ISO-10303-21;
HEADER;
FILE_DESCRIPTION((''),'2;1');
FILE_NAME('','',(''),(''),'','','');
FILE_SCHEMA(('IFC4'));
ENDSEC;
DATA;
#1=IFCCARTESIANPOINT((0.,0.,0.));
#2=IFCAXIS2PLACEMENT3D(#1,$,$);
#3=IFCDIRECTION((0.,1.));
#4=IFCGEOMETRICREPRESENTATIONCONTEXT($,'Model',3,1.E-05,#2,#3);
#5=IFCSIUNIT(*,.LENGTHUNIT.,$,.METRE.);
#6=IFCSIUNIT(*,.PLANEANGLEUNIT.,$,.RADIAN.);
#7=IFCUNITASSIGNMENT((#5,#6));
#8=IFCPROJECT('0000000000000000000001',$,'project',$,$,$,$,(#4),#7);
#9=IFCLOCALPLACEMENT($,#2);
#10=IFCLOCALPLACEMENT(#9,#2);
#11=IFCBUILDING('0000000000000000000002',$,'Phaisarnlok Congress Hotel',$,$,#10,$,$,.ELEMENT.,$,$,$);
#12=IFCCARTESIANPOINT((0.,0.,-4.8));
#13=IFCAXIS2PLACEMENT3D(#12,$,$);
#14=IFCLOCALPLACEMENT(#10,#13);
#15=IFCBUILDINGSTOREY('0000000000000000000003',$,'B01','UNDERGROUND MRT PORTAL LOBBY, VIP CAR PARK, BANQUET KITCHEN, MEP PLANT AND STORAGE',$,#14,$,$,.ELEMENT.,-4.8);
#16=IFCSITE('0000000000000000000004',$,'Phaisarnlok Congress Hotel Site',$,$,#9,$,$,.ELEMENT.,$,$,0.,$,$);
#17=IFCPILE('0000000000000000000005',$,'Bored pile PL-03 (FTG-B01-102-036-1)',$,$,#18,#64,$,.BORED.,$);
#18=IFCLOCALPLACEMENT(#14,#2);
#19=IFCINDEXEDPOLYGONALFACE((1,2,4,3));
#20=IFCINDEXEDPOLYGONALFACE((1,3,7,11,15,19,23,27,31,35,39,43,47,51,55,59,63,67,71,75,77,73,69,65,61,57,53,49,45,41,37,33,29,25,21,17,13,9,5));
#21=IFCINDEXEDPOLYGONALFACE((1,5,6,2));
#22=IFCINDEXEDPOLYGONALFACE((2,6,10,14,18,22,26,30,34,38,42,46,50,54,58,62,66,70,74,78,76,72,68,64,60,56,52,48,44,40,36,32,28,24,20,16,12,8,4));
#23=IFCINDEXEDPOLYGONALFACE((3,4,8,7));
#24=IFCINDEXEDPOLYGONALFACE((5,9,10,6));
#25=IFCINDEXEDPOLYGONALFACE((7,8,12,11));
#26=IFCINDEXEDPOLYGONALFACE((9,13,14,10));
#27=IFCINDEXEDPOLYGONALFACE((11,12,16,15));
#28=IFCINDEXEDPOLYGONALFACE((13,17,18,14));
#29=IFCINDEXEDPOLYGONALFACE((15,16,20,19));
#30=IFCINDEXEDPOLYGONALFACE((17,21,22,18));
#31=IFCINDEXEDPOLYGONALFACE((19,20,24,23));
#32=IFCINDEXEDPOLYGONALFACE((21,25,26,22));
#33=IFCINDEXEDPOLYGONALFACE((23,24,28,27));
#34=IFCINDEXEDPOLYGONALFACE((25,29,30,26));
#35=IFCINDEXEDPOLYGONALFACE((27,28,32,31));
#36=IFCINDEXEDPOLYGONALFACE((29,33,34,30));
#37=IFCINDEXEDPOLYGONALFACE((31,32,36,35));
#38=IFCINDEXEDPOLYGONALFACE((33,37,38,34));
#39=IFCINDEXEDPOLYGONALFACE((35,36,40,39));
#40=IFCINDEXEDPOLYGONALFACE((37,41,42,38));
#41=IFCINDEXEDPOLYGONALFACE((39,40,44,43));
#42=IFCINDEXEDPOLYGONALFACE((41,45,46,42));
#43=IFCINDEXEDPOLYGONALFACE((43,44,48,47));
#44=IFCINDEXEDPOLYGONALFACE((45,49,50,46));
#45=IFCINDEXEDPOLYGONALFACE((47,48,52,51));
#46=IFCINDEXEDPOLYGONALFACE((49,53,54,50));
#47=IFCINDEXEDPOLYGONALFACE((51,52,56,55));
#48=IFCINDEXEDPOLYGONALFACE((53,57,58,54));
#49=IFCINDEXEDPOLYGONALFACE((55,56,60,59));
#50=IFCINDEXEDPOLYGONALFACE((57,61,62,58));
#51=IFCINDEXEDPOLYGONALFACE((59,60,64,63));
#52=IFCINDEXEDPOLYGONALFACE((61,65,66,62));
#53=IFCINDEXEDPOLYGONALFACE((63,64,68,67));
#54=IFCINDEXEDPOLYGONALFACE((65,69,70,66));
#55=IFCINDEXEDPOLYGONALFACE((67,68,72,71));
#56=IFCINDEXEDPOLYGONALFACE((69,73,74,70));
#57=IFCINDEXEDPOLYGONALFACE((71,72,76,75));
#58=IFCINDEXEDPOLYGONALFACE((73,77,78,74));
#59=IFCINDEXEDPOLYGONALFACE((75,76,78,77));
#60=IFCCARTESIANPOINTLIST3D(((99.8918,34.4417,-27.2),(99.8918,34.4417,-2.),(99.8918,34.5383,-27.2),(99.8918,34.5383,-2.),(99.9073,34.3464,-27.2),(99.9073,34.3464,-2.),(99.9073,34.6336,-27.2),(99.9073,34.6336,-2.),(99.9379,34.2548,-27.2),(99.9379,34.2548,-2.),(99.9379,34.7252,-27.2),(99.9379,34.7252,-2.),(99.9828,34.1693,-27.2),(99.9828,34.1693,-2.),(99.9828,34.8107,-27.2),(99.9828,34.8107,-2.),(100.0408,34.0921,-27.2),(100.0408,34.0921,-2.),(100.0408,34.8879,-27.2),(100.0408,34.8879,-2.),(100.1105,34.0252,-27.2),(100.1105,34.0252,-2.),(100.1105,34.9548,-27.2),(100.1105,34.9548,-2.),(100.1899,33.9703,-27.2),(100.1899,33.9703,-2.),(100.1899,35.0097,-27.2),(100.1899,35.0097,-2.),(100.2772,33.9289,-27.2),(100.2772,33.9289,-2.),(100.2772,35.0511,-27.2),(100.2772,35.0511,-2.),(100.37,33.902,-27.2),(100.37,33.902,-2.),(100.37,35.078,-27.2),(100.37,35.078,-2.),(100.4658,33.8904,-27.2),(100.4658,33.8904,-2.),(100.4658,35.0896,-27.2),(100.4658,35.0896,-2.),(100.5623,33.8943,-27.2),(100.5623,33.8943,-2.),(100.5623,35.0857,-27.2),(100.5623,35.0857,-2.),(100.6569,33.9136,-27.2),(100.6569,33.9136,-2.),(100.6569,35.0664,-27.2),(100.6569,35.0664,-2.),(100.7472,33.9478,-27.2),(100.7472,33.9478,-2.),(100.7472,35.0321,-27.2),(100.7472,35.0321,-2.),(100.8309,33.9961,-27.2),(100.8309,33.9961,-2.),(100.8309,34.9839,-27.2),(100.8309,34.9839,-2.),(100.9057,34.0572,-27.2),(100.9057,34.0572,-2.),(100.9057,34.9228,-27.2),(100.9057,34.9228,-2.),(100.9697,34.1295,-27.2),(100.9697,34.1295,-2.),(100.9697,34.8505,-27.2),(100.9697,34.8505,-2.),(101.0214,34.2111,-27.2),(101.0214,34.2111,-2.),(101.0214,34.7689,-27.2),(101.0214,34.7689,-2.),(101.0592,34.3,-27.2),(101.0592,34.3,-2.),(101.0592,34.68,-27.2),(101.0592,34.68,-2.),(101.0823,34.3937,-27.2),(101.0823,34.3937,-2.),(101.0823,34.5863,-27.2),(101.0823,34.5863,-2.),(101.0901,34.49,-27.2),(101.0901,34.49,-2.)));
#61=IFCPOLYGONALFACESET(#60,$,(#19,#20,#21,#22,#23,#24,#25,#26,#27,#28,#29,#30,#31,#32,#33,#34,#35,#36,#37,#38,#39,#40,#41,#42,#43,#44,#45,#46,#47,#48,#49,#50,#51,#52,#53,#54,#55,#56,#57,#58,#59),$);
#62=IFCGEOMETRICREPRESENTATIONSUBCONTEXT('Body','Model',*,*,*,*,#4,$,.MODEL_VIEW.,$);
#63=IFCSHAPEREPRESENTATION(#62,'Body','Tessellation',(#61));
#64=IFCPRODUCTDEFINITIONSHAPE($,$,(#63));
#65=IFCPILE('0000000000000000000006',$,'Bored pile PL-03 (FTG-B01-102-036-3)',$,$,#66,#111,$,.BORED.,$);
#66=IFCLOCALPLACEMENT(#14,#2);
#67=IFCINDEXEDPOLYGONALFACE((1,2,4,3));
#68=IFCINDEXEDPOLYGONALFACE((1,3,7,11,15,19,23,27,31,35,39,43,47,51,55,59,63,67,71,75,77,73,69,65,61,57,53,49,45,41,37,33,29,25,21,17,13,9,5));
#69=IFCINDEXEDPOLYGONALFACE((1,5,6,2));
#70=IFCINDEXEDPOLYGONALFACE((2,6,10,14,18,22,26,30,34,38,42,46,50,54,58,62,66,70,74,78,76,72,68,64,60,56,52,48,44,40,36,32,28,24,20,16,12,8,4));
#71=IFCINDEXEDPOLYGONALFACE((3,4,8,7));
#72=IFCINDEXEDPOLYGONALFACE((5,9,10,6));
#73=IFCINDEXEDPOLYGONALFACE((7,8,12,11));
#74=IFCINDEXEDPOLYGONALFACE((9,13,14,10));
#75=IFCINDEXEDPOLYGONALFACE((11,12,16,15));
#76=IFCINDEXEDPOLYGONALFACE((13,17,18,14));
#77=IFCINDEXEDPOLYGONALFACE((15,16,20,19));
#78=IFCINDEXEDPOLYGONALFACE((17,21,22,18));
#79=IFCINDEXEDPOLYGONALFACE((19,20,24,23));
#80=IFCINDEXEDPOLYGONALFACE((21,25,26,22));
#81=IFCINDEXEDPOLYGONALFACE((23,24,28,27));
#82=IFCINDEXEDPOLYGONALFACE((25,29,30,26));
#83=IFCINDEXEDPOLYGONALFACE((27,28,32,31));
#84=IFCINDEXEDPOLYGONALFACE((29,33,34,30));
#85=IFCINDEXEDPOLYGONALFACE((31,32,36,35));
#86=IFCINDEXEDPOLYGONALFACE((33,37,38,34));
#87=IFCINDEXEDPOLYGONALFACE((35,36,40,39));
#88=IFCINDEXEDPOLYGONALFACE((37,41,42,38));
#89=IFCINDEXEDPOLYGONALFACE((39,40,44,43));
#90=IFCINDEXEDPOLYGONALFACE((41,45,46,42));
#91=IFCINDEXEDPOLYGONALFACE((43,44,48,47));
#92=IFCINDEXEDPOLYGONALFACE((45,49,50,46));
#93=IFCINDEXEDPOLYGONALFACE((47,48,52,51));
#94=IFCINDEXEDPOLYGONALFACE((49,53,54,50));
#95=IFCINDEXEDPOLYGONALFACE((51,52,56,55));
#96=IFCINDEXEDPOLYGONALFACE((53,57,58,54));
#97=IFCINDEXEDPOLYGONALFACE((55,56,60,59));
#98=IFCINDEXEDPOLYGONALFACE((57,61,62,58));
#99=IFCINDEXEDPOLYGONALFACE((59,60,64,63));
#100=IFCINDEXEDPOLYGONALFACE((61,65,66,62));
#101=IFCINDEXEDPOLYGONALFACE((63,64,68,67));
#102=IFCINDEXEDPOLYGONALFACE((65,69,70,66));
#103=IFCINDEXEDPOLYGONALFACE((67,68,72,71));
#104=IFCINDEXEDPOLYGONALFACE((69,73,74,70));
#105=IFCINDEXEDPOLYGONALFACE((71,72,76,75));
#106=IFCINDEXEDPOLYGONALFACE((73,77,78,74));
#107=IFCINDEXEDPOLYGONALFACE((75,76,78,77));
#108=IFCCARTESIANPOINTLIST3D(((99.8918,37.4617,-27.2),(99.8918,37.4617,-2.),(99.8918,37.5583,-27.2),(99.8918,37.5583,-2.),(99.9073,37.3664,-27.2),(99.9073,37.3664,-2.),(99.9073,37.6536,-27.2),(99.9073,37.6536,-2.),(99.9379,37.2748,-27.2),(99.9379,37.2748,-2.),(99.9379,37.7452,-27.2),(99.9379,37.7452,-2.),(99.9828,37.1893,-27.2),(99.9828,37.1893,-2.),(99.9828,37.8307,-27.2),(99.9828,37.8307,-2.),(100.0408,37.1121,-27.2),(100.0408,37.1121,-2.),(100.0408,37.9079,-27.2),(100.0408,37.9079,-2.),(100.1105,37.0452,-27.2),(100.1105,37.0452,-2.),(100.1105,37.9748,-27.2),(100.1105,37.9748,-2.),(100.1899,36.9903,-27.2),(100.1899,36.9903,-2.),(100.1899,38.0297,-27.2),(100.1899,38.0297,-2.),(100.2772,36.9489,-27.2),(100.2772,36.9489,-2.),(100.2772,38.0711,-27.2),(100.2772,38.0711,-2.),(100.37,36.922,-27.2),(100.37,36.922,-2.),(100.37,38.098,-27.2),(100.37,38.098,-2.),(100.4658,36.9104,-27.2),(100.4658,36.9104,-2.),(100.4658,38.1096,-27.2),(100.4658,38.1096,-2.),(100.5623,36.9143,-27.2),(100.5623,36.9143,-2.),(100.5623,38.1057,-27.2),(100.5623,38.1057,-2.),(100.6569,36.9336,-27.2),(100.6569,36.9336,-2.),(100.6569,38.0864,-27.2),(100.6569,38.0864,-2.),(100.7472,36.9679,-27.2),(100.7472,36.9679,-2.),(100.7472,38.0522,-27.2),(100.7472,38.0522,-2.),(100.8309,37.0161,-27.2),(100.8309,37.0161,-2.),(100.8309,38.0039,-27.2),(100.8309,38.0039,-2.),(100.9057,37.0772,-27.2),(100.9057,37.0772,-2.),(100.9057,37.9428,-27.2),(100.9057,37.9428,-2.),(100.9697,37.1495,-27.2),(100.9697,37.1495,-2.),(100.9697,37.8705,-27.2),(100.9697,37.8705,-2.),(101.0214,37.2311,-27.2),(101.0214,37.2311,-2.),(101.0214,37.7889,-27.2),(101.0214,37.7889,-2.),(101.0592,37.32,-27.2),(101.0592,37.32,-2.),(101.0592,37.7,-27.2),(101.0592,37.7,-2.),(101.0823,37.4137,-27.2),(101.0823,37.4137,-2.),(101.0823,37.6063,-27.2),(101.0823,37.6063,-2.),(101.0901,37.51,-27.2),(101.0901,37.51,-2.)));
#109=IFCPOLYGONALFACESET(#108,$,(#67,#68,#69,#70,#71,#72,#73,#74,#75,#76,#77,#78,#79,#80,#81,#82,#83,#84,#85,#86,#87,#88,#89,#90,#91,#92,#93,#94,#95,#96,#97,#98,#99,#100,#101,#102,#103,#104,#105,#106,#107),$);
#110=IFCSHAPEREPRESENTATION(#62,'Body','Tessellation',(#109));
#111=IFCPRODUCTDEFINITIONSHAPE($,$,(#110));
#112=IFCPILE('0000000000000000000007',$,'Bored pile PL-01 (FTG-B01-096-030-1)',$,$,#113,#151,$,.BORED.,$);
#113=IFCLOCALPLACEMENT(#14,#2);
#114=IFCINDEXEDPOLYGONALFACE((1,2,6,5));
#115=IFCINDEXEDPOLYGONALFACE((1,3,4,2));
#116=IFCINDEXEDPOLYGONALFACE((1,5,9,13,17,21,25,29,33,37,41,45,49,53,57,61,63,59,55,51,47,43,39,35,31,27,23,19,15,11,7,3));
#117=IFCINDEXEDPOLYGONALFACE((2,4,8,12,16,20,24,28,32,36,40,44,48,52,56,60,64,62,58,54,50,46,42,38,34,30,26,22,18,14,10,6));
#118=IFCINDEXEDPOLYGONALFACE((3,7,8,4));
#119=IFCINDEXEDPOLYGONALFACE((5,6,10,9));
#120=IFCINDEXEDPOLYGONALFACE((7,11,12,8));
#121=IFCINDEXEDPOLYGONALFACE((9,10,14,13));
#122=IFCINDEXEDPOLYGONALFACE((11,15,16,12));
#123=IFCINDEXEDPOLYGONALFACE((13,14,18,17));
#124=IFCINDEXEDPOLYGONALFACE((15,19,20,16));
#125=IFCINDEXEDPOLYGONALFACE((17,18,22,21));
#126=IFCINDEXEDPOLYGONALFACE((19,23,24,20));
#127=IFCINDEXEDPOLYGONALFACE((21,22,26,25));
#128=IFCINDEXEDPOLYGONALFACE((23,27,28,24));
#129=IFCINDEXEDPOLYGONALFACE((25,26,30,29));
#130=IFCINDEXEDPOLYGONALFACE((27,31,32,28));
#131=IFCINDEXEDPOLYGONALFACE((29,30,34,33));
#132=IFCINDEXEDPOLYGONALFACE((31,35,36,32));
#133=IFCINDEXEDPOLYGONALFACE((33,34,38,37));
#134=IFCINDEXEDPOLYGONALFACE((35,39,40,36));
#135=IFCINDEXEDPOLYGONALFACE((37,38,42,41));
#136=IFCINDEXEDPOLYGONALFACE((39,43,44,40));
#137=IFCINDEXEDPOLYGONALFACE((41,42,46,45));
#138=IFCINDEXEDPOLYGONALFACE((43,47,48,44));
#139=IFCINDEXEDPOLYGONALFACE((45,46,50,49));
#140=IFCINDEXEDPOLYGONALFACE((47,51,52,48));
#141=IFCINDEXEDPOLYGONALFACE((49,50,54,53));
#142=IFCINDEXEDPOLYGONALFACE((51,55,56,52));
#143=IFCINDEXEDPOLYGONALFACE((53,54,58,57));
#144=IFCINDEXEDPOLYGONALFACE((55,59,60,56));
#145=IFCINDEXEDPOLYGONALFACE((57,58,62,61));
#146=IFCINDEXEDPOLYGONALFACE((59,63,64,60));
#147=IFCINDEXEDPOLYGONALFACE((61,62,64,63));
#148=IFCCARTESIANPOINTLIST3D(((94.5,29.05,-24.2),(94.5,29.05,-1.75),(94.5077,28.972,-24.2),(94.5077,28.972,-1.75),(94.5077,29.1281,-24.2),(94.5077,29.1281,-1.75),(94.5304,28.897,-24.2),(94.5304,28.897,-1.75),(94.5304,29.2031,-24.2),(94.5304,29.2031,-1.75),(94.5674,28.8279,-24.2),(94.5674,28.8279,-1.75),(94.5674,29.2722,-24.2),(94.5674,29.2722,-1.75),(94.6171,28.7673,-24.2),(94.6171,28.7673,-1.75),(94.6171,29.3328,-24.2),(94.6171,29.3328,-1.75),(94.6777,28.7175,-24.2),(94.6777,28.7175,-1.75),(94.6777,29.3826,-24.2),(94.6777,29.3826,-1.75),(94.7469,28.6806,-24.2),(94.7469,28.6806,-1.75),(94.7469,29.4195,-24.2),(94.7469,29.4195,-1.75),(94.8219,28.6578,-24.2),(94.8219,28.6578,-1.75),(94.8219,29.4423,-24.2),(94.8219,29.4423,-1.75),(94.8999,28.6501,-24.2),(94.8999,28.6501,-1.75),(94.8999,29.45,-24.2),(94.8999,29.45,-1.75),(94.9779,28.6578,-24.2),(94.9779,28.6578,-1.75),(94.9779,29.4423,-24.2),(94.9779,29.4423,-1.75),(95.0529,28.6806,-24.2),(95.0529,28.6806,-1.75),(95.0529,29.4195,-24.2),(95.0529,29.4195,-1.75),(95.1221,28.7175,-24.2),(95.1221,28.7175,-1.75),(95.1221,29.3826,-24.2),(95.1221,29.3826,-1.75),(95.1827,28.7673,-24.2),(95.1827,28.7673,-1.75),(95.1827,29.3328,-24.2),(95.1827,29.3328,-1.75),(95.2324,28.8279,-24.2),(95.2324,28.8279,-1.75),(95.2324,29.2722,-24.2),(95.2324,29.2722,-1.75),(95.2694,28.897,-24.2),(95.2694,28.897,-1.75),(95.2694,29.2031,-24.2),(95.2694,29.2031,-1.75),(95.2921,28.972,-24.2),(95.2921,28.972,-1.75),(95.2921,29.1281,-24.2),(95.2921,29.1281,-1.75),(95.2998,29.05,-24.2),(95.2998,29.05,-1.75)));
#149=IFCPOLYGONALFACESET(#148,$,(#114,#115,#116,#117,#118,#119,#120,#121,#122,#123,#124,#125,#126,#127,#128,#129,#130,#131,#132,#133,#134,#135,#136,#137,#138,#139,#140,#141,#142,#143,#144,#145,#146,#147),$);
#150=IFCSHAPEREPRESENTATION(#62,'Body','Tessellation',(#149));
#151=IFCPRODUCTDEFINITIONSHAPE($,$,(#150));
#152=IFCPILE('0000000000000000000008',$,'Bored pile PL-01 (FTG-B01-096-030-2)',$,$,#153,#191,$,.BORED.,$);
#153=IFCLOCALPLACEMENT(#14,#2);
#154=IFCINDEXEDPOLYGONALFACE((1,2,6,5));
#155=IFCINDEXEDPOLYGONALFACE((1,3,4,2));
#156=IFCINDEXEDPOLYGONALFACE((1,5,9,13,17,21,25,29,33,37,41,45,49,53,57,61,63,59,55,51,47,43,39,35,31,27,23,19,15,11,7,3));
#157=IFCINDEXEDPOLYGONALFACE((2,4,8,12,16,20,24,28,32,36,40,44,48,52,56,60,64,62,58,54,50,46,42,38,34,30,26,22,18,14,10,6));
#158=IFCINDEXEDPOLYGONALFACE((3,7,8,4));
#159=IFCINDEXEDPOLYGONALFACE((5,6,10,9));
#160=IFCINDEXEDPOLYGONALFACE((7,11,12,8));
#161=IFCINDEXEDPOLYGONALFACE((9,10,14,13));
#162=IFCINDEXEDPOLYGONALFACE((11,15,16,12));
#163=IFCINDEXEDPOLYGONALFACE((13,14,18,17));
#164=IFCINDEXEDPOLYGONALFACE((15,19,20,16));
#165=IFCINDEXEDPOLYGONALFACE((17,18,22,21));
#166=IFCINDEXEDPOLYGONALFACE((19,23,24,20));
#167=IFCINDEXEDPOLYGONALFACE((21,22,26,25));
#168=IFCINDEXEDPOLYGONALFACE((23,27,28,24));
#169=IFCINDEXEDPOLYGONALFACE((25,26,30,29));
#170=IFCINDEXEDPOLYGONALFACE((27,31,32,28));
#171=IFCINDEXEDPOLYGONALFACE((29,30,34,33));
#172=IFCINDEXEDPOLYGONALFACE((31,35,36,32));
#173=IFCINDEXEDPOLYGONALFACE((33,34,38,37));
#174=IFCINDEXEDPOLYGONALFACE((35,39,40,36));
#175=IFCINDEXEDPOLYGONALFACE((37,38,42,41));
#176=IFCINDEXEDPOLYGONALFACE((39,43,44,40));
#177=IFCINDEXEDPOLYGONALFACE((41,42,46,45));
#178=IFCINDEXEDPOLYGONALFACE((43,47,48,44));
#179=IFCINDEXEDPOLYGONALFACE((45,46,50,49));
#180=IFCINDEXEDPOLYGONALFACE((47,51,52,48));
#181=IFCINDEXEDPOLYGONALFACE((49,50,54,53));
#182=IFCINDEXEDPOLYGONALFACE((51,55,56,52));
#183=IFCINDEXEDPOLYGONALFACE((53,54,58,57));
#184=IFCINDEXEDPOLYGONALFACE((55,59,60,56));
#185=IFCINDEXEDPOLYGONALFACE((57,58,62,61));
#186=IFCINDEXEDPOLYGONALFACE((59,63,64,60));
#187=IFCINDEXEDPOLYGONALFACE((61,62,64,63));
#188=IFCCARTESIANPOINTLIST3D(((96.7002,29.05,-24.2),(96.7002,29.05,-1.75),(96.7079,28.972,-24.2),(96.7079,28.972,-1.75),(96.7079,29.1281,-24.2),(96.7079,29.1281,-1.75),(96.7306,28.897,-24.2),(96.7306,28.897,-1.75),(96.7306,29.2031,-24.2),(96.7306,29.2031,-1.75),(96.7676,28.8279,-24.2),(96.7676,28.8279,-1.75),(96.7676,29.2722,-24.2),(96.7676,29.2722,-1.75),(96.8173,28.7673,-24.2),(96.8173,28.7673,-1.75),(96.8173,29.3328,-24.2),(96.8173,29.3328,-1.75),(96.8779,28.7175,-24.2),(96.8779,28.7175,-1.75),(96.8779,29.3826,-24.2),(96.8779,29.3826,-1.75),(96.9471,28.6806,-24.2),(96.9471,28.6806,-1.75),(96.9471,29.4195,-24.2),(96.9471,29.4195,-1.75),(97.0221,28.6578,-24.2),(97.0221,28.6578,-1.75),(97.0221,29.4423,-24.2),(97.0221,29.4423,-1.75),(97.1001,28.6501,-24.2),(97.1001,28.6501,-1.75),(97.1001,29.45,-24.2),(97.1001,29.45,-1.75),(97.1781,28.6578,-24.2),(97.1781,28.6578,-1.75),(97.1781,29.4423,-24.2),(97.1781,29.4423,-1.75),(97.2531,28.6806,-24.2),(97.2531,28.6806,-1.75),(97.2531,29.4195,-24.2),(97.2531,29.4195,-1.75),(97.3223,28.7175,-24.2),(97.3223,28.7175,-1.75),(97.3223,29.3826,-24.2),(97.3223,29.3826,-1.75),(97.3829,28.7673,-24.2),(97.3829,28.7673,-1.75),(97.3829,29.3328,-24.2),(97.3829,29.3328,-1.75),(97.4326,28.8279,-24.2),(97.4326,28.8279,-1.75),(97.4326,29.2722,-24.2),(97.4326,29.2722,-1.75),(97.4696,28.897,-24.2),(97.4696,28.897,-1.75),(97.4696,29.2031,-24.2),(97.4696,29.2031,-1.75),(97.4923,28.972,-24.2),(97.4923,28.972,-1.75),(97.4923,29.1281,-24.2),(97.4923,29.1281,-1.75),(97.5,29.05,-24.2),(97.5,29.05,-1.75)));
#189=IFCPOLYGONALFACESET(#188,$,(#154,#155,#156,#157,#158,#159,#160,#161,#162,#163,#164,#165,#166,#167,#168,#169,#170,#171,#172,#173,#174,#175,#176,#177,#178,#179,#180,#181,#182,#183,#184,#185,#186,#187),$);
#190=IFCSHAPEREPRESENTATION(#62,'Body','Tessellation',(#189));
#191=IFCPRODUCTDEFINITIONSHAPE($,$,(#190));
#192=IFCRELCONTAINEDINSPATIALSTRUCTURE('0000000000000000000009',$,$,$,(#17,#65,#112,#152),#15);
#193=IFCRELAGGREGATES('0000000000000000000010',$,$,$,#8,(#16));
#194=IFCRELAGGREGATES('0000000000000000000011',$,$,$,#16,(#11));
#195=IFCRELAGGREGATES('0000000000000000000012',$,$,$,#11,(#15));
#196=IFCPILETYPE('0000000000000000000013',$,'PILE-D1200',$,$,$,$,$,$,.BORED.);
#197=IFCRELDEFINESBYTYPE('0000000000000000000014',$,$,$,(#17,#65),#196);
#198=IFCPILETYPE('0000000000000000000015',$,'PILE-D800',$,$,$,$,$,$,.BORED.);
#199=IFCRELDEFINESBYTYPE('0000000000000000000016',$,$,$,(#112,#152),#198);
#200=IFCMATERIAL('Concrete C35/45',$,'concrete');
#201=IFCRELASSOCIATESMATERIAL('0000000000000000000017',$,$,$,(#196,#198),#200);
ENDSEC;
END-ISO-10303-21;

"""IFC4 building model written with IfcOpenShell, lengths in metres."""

from ifc_helpers import new_model, si_unit, direction, frame, origin, origin_2d, place, context, subcontext, project, spatial, circle, extrude, material, material_profile, profile_set, type_object, element, save


model = new_model("IFC4")

# Units and contexts
model_context = context("Model", 3, precision=1e-05, world=origin(), true_north=direction((0.0, 1.0)))
body_context = subcontext(model_context, "Body", "Model", "MODEL_VIEW")
ifc_project = project(units=[si_unit("LENGTHUNIT", "METRE"), si_unit("PLANEANGLEUNIT", "RADIAN")], contexts=[model_context])

# Site, building, storey
site_placement = place(None, origin())
site = spatial("IfcSite", under=ifc_project, at=site_placement, Name="Phaisarnlok Congress Hotel Site", CompositionType="ELEMENT", RefElevation=0.0)
building_placement = place(site_placement, origin())
building = spatial("IfcBuilding", under=site, at=building_placement, Name="Phaisarnlok Congress Hotel", CompositionType="ELEMENT")
storey_placement = place(building_placement, frame((0.0, 0.0, -4.8)))
storey = spatial("IfcBuildingStorey", under=building, at=storey_placement, Name="B01", Description="UNDERGROUND MRT PORTAL LOBBY, VIP CAR PARK, BANQUET KITCHEN, MEP PLANT AND STORAGE", CompositionType="ELEMENT", Elevation=-4.8)

# Piles
ifc_material_1 = material(Name="Concrete C35/45", Category="concrete")
ifc_material_profile_1 = material_profile(ifc_material_1, circle(Radius=0.6001, at=origin_2d()), Name="BORED PILE D1200")
ifc_profile_set_1 = profile_set([ifc_material_profile_1], Name="Concrete C35/45")
pile_type_1 = type_object("IfcPileType", Name="PILE-D1200", PredefinedType="BORED", material=ifc_profile_set_1)
for number, where, z_axis, x_axis, name in (
    (1, (100.49, 34.49, -2.0), (0.0, 0.0, -1.0), (1.0, 0.0, 0.0), "Bored pile PL-03 (FTG-B01-102-036-1)"),
    (2, (100.49, 37.51, -2.0), (0.0, 0.0, -1.0), (1.0, 0.0, 0.0), "Bored pile PL-03 (FTG-B01-102-036-3)"),
):
    element("IfcPile", number, at=place(storey_placement, frame(where, z_axis=z_axis, x_axis=x_axis)), inside=storey, type_object=pile_type_1, Name=name, PredefinedType="BORED", context=body_context, shape_type="SweptSolid", body=[
        extrude(circle(Radius=0.6001, at=origin_2d()), origin(), (0.0, 0.0, 1.0), 25.2),
    ])
ifc_material_profile_2 = material_profile(ifc_material_1, circle(Radius=0.3999, at=origin_2d()), Name="BORED PILE D800")
ifc_profile_set_2 = profile_set([ifc_material_profile_2], Name="Concrete C35/45")
pile_type_2 = type_object("IfcPileType", Name="PILE-D800", PredefinedType="BORED", material=ifc_profile_set_2)
for number, where, z_axis, x_axis, name in (
    (3, (94.8999, 29.05, -1.75), (0.0, 0.0, -1.0), (1.0, 0.0, 0.0), "Bored pile PL-01 (FTG-B01-096-030-1)"),
    (4, (97.1001, 29.05, -1.75), (0.0, 0.0, -1.0), (1.0, 0.0, 0.0), "Bored pile PL-01 (FTG-B01-096-030-2)"),
):
    element("IfcPile", number, at=place(storey_placement, frame(where, z_axis=z_axis, x_axis=x_axis)), inside=storey, type_object=pile_type_2, Name=name, PredefinedType="BORED", context=body_context, shape_type="SweptSolid", body=[
        extrude(circle(Radius=0.3999, at=origin_2d()), origin(), (0.0, 0.0, 1.0), 22.45),
    ])

save(model, "model.ifc")
